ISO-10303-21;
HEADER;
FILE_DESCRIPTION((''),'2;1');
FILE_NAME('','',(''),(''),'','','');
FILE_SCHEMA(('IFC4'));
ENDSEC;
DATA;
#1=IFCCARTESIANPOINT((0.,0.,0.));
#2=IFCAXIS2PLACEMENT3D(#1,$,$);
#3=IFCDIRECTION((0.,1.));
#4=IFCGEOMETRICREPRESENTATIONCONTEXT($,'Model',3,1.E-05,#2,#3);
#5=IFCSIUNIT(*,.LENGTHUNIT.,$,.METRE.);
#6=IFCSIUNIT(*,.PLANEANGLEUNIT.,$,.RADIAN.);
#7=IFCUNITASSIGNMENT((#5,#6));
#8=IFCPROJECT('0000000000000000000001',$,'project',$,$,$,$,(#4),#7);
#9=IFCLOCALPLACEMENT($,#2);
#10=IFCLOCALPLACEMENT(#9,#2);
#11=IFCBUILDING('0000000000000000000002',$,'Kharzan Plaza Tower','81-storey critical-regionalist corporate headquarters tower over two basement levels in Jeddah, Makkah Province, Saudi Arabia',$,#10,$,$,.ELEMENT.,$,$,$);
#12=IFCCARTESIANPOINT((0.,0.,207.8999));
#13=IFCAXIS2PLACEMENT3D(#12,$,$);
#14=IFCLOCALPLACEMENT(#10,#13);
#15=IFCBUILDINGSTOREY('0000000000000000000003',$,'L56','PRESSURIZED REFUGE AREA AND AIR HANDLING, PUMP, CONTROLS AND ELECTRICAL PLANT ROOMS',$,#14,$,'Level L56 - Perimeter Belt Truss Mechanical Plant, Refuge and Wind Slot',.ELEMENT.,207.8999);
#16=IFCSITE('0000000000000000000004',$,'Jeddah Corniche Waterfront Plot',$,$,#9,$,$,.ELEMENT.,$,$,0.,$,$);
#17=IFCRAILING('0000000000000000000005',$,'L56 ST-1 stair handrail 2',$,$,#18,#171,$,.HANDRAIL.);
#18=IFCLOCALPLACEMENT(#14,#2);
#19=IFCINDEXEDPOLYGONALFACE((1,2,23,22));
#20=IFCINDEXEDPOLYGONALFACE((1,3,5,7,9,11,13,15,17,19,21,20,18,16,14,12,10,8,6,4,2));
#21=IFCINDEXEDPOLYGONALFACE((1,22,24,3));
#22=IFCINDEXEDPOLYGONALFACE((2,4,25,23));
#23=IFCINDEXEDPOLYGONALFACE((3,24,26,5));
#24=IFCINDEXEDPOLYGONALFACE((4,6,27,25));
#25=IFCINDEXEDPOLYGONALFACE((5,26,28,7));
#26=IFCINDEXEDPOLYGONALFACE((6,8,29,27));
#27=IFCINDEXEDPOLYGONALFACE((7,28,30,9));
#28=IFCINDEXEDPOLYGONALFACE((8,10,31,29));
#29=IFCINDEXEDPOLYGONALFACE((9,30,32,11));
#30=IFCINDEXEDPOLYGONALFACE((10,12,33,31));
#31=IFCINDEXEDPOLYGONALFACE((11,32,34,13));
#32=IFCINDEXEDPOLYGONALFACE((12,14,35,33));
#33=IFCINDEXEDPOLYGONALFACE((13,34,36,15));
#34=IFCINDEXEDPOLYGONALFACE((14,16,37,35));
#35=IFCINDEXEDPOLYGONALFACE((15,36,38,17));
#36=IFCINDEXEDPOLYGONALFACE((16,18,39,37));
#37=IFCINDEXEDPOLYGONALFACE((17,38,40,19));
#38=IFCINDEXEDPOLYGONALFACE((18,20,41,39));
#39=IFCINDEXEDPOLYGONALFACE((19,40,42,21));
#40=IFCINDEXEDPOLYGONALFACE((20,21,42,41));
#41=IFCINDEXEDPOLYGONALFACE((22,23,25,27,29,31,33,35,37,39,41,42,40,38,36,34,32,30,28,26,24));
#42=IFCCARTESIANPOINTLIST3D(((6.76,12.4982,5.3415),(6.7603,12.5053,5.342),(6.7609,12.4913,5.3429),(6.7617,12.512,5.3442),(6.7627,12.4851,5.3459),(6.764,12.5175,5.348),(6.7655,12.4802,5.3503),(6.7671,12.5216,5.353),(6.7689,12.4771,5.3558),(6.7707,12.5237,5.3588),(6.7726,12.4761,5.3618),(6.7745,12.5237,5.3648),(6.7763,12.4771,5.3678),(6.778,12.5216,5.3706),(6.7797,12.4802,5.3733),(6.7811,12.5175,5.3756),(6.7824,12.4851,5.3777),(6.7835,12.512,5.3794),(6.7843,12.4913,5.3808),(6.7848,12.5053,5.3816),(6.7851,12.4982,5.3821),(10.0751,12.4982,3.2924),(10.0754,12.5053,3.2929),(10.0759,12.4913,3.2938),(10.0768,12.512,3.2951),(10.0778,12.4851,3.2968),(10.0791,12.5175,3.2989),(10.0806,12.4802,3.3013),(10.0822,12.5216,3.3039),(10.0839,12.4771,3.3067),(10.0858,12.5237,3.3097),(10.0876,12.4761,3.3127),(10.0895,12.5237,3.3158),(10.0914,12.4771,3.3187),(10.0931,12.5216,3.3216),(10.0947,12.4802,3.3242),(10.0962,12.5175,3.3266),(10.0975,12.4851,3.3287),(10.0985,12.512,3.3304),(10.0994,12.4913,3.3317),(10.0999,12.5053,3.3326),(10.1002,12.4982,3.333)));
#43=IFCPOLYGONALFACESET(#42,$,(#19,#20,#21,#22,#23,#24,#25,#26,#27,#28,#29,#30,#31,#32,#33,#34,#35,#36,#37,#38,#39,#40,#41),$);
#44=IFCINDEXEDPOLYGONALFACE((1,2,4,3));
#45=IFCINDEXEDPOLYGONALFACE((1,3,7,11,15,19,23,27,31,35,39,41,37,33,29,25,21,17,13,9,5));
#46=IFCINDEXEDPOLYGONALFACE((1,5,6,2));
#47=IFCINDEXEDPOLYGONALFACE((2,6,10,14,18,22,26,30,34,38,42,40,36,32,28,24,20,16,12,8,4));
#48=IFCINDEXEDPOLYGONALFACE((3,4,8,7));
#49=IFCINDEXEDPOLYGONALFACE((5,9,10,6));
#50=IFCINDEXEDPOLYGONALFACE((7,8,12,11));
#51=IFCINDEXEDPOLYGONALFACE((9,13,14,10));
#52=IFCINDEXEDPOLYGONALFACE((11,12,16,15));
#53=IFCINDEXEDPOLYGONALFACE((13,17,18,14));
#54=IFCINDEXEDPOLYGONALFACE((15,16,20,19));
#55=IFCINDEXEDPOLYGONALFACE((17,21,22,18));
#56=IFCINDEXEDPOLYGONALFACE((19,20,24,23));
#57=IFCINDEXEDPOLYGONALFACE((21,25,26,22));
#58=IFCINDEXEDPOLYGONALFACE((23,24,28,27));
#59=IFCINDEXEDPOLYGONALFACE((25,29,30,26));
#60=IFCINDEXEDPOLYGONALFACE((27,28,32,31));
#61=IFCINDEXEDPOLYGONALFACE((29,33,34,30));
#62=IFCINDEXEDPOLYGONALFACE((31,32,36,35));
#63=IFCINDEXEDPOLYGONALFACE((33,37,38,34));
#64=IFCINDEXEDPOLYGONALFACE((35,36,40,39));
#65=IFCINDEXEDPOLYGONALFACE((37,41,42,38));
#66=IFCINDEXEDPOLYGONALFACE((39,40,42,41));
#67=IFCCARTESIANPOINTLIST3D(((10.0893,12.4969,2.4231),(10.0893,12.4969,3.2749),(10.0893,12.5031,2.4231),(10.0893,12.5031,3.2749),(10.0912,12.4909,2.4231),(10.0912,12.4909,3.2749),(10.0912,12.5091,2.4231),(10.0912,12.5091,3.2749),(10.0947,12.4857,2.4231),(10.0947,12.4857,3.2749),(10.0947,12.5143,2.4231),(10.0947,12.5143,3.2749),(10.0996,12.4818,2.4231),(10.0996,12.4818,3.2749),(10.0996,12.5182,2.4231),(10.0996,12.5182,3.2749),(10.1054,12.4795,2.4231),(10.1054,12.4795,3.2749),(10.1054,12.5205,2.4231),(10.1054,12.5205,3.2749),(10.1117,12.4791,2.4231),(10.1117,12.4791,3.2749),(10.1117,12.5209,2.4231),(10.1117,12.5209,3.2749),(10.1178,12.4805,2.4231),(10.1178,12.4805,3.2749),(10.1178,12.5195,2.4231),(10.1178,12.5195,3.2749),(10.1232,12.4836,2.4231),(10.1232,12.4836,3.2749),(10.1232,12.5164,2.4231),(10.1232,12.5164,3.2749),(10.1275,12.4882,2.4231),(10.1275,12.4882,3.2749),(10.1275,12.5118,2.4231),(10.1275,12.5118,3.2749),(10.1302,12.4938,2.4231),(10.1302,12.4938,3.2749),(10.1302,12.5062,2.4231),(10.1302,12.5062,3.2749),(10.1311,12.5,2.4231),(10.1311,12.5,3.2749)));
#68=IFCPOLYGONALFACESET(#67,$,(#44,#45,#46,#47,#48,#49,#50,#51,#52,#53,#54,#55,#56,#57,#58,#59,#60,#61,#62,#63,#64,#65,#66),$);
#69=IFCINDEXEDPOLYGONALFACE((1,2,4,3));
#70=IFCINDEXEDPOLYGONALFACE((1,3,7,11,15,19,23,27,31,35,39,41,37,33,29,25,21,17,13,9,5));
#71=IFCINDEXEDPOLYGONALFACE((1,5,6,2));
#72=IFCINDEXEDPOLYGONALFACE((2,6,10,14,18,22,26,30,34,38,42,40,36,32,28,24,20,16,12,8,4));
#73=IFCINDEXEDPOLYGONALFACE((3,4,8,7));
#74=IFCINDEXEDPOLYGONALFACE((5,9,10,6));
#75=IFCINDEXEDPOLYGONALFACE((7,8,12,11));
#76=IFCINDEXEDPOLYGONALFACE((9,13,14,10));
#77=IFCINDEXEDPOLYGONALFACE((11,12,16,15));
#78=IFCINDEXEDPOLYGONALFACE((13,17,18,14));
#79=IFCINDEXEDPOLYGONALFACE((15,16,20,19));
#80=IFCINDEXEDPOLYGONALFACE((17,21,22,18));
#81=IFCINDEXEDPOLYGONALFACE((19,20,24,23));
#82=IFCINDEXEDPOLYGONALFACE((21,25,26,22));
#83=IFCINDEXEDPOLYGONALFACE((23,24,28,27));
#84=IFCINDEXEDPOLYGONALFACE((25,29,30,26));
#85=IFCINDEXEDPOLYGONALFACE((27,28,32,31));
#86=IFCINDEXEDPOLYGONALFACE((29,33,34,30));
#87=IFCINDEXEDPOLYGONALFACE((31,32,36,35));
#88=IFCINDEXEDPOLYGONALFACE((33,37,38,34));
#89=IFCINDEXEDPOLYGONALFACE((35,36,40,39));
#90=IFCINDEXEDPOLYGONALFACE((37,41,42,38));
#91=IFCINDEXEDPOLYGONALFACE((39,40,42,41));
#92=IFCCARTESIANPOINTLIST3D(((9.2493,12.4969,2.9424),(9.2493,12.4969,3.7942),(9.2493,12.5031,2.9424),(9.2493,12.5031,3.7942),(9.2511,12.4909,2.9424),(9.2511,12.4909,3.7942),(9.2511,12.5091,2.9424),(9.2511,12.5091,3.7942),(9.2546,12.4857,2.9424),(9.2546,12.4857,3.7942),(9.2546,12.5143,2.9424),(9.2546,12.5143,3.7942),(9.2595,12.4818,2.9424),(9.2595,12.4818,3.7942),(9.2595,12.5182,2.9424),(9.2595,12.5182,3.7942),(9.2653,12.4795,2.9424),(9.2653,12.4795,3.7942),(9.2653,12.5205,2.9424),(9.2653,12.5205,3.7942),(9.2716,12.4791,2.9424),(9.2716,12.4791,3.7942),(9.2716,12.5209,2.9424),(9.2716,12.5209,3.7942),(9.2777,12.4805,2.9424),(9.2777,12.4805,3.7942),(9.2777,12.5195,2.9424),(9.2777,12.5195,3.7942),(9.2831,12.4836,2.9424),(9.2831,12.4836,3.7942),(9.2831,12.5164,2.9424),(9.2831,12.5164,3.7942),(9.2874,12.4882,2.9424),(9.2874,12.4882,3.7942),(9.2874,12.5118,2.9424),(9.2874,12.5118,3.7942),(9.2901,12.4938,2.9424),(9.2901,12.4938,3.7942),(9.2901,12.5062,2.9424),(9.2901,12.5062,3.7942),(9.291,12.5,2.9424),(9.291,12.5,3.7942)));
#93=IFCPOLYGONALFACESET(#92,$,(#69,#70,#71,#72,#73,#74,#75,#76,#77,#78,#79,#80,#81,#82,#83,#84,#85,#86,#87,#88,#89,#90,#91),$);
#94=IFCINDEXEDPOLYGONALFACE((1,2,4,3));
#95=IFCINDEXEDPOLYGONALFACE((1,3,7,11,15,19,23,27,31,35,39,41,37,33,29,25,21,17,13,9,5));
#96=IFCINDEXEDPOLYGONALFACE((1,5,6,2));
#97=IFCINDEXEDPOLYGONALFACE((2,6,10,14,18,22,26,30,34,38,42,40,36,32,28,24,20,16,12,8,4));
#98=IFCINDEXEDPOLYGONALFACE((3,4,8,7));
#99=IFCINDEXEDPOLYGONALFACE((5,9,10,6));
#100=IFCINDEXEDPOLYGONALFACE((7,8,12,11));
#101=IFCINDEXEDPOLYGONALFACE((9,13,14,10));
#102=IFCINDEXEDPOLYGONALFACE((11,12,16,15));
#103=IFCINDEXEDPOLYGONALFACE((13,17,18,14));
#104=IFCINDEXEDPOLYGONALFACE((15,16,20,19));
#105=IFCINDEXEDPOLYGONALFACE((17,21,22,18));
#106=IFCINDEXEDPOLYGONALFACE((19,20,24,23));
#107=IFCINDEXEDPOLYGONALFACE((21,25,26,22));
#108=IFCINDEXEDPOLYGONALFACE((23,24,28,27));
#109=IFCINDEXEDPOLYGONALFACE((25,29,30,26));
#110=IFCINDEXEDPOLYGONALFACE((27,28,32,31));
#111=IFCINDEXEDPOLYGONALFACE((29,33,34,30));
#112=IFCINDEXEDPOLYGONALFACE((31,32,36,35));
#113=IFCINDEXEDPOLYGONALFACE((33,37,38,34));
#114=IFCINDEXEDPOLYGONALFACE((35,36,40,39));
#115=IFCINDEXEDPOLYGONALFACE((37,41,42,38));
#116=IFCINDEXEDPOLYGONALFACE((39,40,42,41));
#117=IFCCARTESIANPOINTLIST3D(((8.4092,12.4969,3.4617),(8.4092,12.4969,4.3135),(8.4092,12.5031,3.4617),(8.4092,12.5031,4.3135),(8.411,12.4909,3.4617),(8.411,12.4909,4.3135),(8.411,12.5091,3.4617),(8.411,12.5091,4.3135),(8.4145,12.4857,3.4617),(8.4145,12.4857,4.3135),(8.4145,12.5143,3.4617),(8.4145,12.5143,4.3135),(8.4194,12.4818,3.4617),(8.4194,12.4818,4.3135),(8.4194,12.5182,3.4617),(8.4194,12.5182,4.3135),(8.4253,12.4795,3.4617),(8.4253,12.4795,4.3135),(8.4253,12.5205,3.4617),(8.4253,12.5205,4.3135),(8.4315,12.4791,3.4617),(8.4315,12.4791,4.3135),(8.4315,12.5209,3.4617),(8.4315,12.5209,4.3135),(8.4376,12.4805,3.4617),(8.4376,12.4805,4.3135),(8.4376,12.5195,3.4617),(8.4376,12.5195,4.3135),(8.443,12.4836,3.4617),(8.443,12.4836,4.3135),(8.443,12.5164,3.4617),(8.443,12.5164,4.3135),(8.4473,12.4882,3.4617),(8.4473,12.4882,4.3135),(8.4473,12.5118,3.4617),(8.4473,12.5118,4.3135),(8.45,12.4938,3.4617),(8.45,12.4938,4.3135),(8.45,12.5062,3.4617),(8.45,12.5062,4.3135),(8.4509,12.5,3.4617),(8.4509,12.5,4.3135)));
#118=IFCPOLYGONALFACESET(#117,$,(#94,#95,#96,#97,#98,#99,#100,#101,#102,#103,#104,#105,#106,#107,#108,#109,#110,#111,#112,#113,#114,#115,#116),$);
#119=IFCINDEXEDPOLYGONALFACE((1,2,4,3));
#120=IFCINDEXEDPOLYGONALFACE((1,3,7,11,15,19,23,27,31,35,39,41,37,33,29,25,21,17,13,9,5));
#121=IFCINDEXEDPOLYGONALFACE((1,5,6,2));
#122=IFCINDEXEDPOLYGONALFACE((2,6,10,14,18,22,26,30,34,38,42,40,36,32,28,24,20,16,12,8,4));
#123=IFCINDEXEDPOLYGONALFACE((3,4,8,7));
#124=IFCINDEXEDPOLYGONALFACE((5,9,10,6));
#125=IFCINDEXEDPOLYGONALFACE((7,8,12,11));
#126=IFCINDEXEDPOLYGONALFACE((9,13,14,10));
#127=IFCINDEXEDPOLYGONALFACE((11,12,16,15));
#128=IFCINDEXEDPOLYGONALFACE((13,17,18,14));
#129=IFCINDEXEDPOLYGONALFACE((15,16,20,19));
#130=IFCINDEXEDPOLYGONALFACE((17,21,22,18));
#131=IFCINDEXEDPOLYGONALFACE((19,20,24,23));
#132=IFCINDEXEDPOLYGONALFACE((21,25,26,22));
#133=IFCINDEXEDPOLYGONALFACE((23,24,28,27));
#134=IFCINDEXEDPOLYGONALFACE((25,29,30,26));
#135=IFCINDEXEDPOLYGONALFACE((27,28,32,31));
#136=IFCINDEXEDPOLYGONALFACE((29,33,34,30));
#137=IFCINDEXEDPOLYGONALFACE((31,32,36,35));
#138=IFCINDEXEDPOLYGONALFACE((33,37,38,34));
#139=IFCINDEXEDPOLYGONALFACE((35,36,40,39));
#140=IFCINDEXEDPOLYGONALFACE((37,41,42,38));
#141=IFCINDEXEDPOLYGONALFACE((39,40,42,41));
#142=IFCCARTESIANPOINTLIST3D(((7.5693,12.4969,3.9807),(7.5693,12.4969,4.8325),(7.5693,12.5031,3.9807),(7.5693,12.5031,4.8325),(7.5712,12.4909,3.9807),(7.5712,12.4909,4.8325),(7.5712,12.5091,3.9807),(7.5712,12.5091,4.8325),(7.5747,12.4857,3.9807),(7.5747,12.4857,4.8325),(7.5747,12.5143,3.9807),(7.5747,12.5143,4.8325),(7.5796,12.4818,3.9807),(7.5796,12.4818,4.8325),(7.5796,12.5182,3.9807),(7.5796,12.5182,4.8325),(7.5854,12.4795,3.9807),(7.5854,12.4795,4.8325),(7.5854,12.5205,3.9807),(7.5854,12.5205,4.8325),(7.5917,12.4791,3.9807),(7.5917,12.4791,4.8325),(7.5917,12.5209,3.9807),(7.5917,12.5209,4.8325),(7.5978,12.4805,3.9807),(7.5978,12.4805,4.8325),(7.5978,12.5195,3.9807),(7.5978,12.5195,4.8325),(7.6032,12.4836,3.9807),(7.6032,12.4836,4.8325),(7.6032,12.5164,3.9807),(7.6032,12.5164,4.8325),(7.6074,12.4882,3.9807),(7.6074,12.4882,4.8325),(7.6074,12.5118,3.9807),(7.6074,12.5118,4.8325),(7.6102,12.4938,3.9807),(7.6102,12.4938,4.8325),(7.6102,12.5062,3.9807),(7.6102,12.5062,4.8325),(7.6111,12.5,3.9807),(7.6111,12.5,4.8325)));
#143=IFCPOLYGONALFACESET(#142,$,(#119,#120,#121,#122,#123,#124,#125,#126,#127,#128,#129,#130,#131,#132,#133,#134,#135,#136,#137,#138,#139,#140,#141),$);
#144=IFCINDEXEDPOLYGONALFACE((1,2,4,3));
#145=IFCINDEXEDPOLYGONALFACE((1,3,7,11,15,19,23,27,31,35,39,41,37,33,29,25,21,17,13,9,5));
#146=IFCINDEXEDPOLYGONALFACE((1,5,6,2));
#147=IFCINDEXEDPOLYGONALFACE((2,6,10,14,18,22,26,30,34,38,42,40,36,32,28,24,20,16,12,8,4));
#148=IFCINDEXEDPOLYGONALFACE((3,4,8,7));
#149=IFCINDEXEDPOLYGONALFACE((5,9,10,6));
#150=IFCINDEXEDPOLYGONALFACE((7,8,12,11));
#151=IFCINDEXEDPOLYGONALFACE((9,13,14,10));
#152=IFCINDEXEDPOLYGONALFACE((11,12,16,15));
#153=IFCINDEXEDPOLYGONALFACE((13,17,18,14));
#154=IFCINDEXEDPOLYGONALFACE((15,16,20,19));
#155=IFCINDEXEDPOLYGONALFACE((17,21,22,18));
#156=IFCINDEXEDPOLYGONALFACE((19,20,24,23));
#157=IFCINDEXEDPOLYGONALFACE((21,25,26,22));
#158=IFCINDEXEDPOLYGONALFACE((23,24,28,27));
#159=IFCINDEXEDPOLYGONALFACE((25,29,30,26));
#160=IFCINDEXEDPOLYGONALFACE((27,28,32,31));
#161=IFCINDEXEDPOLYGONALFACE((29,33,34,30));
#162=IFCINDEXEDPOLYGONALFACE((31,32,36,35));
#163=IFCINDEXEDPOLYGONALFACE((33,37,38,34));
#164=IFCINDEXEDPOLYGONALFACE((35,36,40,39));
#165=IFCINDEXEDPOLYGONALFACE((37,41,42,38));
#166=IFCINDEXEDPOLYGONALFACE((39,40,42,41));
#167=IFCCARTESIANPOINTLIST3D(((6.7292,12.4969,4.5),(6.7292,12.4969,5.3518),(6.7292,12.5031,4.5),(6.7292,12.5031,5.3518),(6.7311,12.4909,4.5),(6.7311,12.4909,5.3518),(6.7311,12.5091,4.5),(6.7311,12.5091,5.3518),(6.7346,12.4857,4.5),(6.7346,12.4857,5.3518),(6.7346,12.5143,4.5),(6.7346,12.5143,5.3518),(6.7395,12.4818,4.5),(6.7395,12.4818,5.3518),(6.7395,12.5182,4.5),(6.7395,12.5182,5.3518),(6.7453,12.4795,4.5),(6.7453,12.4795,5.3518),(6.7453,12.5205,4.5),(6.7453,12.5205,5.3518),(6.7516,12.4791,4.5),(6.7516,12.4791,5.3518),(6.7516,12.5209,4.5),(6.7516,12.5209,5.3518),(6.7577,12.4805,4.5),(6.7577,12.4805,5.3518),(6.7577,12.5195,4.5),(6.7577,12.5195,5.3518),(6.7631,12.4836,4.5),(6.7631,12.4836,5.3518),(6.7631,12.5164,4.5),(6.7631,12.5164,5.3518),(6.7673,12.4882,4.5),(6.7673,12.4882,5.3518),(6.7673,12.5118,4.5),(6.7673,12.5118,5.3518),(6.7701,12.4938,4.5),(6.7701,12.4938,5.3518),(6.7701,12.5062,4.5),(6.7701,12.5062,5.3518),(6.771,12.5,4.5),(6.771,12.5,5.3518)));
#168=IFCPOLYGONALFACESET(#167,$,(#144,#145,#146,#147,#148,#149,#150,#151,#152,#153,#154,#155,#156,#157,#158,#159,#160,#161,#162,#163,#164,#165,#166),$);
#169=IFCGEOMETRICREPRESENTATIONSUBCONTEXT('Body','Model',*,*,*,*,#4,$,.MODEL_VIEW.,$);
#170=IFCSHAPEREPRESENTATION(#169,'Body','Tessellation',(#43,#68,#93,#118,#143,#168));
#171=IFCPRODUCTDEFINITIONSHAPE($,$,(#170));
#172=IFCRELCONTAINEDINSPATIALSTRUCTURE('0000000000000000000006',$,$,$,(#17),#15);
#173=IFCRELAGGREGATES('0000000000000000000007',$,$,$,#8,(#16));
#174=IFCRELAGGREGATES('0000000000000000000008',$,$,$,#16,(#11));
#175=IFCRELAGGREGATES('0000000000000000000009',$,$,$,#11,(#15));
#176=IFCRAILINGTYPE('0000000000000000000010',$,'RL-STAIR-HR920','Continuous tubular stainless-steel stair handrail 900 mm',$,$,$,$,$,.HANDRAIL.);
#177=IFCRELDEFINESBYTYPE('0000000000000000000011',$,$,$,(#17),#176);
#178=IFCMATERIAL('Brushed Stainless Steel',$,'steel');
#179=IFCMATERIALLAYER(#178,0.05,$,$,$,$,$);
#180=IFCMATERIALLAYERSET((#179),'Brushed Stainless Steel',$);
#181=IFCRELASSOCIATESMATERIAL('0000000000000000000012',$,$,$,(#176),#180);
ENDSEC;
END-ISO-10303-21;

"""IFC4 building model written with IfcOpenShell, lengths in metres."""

from ifc_helpers import new_model, si_unit, direction, frame, origin, origin_2d, place, context, subcontext, project, spatial, circle, extrude, source, transform, mapped, material, layer, layer_set, type_object, element, save


model = new_model("IFC4")

# Units and contexts
model_context = context("Model", 3, precision=1e-05, world=origin(), true_north=direction((0.0, 1.0)))
body_context = subcontext(model_context, "Body", "Model", "MODEL_VIEW")
ifc_project = project(units=[si_unit("LENGTHUNIT", "METRE"), si_unit("PLANEANGLEUNIT", "RADIAN")], contexts=[model_context])

# Site, building, storey
site_placement = place(None, origin())
site = spatial("IfcSite", under=ifc_project, at=site_placement, Name="Jeddah Corniche Waterfront Plot", CompositionType="ELEMENT", RefElevation=0.0)
building_placement = place(site_placement, origin())
building = spatial("IfcBuilding", under=site, at=building_placement, Name="Kharzan Plaza Tower", Description="81-storey critical-regionalist corporate headquarters tower over two basement levels in Jeddah, Makkah Province, Saudi Arabia", CompositionType="ELEMENT")
storey_placement = place(building_placement, frame((0.0, 0.0, 207.8999)))
storey = spatial("IfcBuildingStorey", under=building, at=storey_placement, Name="L56", Description="PRESSURIZED REFUGE AREA AND AIR HANDLING, PUMP, CONTROLS AND ELECTRICAL PLANT ROOMS", LongName="Level L56 - Perimeter Belt Truss Mechanical Plant, Refuge and Wind Slot", CompositionType="ELEMENT", Elevation=207.8999)

# Shared definitions
ifc_material_1 = material(Name="Brushed Stainless Steel", Category="steel")

# Railing
ifc_layer_1 = layer(ifc_material_1, 0.05)
ifc_layer_set_1 = layer_set([ifc_layer_1], Name="Brushed Stainless Steel")
railing_type_1 = type_object("IfcRailingType", Name="RL-STAIR-HR920", Description="Continuous tubular stainless-steel stair handrail 900 mm", PredefinedType="HANDRAIL", material=ifc_layer_set_1)
shared_shape_1 = source(origin(), body_context, "Body", "SweptSolid", [
    extrude(circle(Radius=0.0239, at=origin_2d()), frame((-0.0225, 0.0, 0.8896), z_axis=(-0.850623, 0.0, 0.525776), x_axis=(0.0, -1.0, 0.0)), (0.0, 0.0, 1.0), 3.8972),
    extrude(circle(Radius=0.021, at=origin_2d()), origin(), (0.0, 0.0, 1.0), 0.8518),
    extrude(circle(Radius=0.021, at=origin_2d()), frame((-0.8401, 0.0, 0.5193)), (0.0, 0.0, 1.0), 0.8518),
    extrude(circle(Radius=0.021, at=origin_2d()), frame((-1.6802, 0.0, 1.0386)), (0.0, 0.0, 1.0), 0.8518),
    extrude(circle(Radius=0.021, at=origin_2d()), frame((-2.52, 0.0, 1.5576)), (0.0, 0.0, 1.0), 0.8518),
    extrude(circle(Radius=0.021, at=origin_2d()), frame((-3.3601, 0.0, 2.0769)), (0.0, 0.0, 1.0), 0.8518),
])
railing_1_placement = place(storey_placement, frame((10.1101, 12.5, 2.4231)))
element("IfcRailing", 1, at=railing_1_placement, inside=storey, type_object=railing_type_1, Name="L56 ST-1 stair handrail 2", PredefinedType="HANDRAIL", context=body_context, shape_type="MappedRepresentation", body=[
    mapped(shared_shape_1, transform((0.0, 0.0, 0.0), x_axis=(1.0, 0.0, 0.0), y_axis=(0.0, 1.0, 0.0), z_axis=(0.0, 0.0, 1.0))),
])

save(model, "model.ifc")
